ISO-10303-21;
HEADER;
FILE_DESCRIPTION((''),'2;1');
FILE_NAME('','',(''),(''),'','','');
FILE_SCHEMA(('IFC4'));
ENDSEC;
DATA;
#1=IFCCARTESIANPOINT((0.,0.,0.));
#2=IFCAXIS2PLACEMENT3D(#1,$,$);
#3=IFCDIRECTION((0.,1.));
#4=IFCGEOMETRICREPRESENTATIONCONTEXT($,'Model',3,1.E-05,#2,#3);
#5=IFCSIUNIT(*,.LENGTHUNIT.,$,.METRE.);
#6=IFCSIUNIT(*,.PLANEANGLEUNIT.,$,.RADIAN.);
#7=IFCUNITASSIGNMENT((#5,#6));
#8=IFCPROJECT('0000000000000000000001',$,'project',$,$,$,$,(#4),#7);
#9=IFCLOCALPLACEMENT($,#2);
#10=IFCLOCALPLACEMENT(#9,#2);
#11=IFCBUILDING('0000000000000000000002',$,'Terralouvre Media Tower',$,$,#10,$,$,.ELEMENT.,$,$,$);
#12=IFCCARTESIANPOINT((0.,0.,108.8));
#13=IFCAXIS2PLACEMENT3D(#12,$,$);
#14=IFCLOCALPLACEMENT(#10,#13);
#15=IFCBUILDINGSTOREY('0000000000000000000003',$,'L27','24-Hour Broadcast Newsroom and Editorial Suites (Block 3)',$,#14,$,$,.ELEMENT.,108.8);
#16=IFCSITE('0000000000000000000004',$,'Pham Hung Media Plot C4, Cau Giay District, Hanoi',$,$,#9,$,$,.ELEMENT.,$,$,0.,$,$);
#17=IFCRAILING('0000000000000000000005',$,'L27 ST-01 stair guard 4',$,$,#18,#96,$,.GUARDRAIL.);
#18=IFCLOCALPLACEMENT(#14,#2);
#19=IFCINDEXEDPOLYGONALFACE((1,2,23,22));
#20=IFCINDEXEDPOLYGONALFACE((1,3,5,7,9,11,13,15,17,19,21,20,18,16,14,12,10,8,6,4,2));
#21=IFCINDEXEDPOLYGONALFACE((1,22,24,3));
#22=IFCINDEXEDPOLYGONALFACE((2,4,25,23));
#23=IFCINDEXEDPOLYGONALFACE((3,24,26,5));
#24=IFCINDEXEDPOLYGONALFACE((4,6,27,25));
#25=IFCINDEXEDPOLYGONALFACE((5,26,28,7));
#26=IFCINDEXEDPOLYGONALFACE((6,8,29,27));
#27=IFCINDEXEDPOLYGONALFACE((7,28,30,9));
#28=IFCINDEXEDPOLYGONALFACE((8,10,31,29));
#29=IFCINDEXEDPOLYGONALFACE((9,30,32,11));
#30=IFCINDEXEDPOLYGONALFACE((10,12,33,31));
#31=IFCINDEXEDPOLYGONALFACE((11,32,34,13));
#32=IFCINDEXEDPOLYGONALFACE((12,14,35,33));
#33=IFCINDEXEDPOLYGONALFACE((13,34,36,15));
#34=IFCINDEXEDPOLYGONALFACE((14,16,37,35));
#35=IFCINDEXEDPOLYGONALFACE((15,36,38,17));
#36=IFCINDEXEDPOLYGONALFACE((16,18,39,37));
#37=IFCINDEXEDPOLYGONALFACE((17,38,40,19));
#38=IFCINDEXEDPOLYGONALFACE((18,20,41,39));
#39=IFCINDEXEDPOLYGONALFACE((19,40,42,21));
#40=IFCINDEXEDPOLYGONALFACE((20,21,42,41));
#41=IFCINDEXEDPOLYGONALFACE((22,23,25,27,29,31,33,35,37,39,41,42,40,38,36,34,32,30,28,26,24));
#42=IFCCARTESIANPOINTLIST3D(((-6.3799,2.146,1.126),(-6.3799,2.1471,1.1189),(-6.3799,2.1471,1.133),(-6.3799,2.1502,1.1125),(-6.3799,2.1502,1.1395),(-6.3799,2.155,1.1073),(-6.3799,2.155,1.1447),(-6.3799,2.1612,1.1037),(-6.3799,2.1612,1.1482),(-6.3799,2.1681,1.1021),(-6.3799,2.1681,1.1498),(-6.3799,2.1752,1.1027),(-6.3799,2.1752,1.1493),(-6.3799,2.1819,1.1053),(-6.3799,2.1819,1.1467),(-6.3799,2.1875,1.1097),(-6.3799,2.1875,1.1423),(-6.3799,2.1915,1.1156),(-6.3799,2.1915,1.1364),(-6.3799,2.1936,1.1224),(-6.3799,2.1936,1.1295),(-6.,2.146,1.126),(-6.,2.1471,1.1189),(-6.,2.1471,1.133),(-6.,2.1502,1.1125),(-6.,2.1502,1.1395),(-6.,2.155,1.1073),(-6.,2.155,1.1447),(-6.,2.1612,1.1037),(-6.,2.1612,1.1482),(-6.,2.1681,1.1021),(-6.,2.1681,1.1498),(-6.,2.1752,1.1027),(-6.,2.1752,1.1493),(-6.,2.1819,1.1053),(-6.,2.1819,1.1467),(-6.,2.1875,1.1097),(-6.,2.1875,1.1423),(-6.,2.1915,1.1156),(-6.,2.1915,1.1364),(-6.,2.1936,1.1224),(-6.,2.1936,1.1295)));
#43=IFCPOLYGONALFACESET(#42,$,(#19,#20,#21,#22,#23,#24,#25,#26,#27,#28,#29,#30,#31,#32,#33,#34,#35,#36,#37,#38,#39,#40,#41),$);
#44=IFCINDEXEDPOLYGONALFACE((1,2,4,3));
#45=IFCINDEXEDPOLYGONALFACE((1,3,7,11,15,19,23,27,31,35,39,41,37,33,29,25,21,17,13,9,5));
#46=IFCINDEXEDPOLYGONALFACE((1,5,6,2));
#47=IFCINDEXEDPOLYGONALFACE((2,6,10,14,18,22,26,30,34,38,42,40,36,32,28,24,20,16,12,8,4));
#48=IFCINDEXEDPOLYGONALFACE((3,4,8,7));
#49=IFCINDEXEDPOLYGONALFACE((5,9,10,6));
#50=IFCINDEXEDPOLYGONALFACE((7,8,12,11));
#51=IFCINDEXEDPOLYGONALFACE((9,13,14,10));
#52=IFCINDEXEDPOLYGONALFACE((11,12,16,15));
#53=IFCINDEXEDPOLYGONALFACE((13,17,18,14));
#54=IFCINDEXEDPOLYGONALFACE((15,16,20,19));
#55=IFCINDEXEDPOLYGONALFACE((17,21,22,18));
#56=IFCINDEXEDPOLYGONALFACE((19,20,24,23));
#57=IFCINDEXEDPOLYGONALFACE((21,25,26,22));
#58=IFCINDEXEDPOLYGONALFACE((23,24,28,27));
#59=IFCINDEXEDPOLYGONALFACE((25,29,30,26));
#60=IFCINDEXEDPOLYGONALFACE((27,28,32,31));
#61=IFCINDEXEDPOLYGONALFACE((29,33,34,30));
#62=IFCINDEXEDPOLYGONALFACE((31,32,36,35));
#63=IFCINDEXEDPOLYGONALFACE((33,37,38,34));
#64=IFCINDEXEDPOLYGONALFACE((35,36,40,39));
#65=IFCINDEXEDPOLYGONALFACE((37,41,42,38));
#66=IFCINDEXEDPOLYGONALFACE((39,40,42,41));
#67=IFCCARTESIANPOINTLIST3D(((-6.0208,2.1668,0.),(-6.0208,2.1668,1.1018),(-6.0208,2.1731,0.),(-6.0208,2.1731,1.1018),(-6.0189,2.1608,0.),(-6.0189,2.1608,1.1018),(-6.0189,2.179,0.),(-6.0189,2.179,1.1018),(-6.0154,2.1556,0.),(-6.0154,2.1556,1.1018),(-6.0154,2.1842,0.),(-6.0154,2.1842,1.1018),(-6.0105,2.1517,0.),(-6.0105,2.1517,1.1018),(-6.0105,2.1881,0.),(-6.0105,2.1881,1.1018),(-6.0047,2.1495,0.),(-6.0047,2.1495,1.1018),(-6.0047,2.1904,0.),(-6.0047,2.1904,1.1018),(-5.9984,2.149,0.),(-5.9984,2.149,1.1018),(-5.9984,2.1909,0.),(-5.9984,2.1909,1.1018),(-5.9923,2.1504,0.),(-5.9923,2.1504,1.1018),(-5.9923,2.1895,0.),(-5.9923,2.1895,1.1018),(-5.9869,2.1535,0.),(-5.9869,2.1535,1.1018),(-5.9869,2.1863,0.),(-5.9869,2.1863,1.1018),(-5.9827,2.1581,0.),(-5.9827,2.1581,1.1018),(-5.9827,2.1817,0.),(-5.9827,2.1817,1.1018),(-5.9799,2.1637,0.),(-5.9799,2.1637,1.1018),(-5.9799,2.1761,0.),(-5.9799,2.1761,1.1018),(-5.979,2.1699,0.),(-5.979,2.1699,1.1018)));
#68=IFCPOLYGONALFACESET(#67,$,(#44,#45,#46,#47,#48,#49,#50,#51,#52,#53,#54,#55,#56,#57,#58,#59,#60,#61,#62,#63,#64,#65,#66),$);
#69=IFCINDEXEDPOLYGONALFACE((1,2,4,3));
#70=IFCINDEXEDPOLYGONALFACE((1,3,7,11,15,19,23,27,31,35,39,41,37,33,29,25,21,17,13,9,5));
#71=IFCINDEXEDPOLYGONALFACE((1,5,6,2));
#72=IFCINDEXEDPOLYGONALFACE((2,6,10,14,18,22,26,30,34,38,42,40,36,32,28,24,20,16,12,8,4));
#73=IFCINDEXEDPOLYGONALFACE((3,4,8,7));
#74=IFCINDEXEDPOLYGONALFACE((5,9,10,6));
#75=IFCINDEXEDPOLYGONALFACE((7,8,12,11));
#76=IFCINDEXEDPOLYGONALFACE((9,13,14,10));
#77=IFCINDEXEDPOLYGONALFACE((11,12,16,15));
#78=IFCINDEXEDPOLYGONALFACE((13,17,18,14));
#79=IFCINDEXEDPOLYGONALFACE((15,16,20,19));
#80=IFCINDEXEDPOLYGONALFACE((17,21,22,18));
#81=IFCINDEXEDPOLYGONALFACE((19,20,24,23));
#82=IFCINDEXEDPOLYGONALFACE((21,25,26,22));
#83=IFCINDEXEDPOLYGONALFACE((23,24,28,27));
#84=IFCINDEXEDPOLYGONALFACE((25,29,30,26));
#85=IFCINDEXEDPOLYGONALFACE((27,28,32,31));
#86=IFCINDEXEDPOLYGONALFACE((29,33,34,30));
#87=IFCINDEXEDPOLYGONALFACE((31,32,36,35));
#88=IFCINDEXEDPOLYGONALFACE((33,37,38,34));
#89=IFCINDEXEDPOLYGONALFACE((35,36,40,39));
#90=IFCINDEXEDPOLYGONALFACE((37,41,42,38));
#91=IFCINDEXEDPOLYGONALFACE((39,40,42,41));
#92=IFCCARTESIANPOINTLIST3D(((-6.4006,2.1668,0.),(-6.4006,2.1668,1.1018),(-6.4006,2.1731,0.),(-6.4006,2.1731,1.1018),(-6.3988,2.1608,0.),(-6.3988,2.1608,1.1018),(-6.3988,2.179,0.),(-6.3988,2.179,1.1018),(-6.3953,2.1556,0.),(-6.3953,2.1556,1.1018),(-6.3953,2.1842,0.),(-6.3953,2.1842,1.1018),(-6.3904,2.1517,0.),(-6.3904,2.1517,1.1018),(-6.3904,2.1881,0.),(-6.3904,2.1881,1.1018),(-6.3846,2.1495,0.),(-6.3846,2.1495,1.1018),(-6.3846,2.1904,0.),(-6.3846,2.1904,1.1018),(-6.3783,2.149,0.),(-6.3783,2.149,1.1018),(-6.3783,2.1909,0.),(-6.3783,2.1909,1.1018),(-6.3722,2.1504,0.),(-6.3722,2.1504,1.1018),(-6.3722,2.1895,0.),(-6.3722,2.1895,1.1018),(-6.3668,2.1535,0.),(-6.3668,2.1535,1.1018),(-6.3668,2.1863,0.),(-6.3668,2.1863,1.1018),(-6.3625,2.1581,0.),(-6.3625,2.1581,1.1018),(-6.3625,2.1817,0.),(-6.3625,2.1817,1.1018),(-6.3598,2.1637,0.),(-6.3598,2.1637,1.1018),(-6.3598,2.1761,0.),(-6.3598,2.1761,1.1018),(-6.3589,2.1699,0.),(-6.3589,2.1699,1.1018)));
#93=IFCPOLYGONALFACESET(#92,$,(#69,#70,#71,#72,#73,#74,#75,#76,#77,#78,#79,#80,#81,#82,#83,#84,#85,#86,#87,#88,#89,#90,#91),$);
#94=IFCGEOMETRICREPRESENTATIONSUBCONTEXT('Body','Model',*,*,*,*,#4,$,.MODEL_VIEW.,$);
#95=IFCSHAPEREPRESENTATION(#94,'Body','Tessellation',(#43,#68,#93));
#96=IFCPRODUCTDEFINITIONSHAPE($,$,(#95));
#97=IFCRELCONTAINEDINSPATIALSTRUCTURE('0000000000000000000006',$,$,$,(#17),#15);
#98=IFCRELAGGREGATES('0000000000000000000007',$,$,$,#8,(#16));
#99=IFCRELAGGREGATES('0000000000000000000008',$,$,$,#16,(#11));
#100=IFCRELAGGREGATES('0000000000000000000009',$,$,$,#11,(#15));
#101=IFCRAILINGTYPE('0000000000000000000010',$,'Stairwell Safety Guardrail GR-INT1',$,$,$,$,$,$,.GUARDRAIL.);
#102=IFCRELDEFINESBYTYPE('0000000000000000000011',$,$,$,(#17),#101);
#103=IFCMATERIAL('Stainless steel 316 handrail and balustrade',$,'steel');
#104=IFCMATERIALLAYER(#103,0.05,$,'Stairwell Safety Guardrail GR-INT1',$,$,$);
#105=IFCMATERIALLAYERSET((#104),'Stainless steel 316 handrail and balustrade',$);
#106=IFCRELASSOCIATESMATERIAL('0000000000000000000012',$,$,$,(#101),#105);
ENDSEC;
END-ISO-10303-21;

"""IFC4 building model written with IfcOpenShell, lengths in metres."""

from ifc_helpers import new_model, si_unit, direction, frame, origin, origin_2d, place, context, subcontext, project, spatial, circle, extrude, material, layer, layer_set, type_object, element, save


model = new_model("IFC4")

# Units and contexts
model_context = context("Model", 3, precision=1e-05, world=origin(), true_north=direction((0.0, 1.0)))
body_context = subcontext(model_context, "Body", "Model", "MODEL_VIEW")
ifc_project = project(units=[si_unit("LENGTHUNIT", "METRE"), si_unit("PLANEANGLEUNIT", "RADIAN")], contexts=[model_context])

# Site, building, storey
site_placement = place(None, origin())
site = spatial("IfcSite", under=ifc_project, at=site_placement, Name="Pham Hung Media Plot C4, Cau Giay District, Hanoi", CompositionType="ELEMENT", RefElevation=0.0)
building_placement = place(site_placement, origin())
building = spatial("IfcBuilding", under=site, at=building_placement, Name="Terralouvre Media Tower", CompositionType="ELEMENT")
storey_placement = place(building_placement, frame((0.0, 0.0, 108.8)))
storey = spatial("IfcBuildingStorey", under=building, at=storey_placement, Name="L27", Description="24-Hour Broadcast Newsroom and Editorial Suites (Block 3)", CompositionType="ELEMENT", Elevation=108.8)

# Railing
ifc_material_1 = material(Name="Stainless steel 316 handrail and balustrade", Category="steel")
ifc_layer_1 = layer(ifc_material_1, 0.05, Name="Stairwell Safety Guardrail GR-INT1")
ifc_layer_set_1 = layer_set([ifc_layer_1], Name="Stainless steel 316 handrail and balustrade")
railing_type_1 = type_object("IfcRailingType", Name="Stairwell Safety Guardrail GR-INT1", PredefinedType="GUARDRAIL", material=ifc_layer_set_1)
railing_1_placement = place(storey_placement, frame((-6.0, 2.1699, 0.0)))
element("IfcRailing", 1, at=railing_1_placement, inside=storey, type_object=railing_type_1, Name="L27 ST-01 stair guard 4", PredefinedType="GUARDRAIL", context=body_context, shape_type="SweptSolid", body=[
    extrude(circle(Radius=0.0239, at=origin_2d()), frame((0.0, 0.0, 1.126), z_axis=(-1.0, 0.0, 0.0), x_axis=(0.0, -1.0, 0.0)), (0.0, 0.0, 1.0), 0.3799),
    extrude(circle(Radius=0.021, at=origin_2d()), origin(), (0.0, 0.0, 1.0), 1.1018),
    extrude(circle(Radius=0.021, at=origin_2d()), frame((-0.3799, 0.0, 0.0)), (0.0, 0.0, 1.0), 1.1018),
])

save(model, "model.ifc")
